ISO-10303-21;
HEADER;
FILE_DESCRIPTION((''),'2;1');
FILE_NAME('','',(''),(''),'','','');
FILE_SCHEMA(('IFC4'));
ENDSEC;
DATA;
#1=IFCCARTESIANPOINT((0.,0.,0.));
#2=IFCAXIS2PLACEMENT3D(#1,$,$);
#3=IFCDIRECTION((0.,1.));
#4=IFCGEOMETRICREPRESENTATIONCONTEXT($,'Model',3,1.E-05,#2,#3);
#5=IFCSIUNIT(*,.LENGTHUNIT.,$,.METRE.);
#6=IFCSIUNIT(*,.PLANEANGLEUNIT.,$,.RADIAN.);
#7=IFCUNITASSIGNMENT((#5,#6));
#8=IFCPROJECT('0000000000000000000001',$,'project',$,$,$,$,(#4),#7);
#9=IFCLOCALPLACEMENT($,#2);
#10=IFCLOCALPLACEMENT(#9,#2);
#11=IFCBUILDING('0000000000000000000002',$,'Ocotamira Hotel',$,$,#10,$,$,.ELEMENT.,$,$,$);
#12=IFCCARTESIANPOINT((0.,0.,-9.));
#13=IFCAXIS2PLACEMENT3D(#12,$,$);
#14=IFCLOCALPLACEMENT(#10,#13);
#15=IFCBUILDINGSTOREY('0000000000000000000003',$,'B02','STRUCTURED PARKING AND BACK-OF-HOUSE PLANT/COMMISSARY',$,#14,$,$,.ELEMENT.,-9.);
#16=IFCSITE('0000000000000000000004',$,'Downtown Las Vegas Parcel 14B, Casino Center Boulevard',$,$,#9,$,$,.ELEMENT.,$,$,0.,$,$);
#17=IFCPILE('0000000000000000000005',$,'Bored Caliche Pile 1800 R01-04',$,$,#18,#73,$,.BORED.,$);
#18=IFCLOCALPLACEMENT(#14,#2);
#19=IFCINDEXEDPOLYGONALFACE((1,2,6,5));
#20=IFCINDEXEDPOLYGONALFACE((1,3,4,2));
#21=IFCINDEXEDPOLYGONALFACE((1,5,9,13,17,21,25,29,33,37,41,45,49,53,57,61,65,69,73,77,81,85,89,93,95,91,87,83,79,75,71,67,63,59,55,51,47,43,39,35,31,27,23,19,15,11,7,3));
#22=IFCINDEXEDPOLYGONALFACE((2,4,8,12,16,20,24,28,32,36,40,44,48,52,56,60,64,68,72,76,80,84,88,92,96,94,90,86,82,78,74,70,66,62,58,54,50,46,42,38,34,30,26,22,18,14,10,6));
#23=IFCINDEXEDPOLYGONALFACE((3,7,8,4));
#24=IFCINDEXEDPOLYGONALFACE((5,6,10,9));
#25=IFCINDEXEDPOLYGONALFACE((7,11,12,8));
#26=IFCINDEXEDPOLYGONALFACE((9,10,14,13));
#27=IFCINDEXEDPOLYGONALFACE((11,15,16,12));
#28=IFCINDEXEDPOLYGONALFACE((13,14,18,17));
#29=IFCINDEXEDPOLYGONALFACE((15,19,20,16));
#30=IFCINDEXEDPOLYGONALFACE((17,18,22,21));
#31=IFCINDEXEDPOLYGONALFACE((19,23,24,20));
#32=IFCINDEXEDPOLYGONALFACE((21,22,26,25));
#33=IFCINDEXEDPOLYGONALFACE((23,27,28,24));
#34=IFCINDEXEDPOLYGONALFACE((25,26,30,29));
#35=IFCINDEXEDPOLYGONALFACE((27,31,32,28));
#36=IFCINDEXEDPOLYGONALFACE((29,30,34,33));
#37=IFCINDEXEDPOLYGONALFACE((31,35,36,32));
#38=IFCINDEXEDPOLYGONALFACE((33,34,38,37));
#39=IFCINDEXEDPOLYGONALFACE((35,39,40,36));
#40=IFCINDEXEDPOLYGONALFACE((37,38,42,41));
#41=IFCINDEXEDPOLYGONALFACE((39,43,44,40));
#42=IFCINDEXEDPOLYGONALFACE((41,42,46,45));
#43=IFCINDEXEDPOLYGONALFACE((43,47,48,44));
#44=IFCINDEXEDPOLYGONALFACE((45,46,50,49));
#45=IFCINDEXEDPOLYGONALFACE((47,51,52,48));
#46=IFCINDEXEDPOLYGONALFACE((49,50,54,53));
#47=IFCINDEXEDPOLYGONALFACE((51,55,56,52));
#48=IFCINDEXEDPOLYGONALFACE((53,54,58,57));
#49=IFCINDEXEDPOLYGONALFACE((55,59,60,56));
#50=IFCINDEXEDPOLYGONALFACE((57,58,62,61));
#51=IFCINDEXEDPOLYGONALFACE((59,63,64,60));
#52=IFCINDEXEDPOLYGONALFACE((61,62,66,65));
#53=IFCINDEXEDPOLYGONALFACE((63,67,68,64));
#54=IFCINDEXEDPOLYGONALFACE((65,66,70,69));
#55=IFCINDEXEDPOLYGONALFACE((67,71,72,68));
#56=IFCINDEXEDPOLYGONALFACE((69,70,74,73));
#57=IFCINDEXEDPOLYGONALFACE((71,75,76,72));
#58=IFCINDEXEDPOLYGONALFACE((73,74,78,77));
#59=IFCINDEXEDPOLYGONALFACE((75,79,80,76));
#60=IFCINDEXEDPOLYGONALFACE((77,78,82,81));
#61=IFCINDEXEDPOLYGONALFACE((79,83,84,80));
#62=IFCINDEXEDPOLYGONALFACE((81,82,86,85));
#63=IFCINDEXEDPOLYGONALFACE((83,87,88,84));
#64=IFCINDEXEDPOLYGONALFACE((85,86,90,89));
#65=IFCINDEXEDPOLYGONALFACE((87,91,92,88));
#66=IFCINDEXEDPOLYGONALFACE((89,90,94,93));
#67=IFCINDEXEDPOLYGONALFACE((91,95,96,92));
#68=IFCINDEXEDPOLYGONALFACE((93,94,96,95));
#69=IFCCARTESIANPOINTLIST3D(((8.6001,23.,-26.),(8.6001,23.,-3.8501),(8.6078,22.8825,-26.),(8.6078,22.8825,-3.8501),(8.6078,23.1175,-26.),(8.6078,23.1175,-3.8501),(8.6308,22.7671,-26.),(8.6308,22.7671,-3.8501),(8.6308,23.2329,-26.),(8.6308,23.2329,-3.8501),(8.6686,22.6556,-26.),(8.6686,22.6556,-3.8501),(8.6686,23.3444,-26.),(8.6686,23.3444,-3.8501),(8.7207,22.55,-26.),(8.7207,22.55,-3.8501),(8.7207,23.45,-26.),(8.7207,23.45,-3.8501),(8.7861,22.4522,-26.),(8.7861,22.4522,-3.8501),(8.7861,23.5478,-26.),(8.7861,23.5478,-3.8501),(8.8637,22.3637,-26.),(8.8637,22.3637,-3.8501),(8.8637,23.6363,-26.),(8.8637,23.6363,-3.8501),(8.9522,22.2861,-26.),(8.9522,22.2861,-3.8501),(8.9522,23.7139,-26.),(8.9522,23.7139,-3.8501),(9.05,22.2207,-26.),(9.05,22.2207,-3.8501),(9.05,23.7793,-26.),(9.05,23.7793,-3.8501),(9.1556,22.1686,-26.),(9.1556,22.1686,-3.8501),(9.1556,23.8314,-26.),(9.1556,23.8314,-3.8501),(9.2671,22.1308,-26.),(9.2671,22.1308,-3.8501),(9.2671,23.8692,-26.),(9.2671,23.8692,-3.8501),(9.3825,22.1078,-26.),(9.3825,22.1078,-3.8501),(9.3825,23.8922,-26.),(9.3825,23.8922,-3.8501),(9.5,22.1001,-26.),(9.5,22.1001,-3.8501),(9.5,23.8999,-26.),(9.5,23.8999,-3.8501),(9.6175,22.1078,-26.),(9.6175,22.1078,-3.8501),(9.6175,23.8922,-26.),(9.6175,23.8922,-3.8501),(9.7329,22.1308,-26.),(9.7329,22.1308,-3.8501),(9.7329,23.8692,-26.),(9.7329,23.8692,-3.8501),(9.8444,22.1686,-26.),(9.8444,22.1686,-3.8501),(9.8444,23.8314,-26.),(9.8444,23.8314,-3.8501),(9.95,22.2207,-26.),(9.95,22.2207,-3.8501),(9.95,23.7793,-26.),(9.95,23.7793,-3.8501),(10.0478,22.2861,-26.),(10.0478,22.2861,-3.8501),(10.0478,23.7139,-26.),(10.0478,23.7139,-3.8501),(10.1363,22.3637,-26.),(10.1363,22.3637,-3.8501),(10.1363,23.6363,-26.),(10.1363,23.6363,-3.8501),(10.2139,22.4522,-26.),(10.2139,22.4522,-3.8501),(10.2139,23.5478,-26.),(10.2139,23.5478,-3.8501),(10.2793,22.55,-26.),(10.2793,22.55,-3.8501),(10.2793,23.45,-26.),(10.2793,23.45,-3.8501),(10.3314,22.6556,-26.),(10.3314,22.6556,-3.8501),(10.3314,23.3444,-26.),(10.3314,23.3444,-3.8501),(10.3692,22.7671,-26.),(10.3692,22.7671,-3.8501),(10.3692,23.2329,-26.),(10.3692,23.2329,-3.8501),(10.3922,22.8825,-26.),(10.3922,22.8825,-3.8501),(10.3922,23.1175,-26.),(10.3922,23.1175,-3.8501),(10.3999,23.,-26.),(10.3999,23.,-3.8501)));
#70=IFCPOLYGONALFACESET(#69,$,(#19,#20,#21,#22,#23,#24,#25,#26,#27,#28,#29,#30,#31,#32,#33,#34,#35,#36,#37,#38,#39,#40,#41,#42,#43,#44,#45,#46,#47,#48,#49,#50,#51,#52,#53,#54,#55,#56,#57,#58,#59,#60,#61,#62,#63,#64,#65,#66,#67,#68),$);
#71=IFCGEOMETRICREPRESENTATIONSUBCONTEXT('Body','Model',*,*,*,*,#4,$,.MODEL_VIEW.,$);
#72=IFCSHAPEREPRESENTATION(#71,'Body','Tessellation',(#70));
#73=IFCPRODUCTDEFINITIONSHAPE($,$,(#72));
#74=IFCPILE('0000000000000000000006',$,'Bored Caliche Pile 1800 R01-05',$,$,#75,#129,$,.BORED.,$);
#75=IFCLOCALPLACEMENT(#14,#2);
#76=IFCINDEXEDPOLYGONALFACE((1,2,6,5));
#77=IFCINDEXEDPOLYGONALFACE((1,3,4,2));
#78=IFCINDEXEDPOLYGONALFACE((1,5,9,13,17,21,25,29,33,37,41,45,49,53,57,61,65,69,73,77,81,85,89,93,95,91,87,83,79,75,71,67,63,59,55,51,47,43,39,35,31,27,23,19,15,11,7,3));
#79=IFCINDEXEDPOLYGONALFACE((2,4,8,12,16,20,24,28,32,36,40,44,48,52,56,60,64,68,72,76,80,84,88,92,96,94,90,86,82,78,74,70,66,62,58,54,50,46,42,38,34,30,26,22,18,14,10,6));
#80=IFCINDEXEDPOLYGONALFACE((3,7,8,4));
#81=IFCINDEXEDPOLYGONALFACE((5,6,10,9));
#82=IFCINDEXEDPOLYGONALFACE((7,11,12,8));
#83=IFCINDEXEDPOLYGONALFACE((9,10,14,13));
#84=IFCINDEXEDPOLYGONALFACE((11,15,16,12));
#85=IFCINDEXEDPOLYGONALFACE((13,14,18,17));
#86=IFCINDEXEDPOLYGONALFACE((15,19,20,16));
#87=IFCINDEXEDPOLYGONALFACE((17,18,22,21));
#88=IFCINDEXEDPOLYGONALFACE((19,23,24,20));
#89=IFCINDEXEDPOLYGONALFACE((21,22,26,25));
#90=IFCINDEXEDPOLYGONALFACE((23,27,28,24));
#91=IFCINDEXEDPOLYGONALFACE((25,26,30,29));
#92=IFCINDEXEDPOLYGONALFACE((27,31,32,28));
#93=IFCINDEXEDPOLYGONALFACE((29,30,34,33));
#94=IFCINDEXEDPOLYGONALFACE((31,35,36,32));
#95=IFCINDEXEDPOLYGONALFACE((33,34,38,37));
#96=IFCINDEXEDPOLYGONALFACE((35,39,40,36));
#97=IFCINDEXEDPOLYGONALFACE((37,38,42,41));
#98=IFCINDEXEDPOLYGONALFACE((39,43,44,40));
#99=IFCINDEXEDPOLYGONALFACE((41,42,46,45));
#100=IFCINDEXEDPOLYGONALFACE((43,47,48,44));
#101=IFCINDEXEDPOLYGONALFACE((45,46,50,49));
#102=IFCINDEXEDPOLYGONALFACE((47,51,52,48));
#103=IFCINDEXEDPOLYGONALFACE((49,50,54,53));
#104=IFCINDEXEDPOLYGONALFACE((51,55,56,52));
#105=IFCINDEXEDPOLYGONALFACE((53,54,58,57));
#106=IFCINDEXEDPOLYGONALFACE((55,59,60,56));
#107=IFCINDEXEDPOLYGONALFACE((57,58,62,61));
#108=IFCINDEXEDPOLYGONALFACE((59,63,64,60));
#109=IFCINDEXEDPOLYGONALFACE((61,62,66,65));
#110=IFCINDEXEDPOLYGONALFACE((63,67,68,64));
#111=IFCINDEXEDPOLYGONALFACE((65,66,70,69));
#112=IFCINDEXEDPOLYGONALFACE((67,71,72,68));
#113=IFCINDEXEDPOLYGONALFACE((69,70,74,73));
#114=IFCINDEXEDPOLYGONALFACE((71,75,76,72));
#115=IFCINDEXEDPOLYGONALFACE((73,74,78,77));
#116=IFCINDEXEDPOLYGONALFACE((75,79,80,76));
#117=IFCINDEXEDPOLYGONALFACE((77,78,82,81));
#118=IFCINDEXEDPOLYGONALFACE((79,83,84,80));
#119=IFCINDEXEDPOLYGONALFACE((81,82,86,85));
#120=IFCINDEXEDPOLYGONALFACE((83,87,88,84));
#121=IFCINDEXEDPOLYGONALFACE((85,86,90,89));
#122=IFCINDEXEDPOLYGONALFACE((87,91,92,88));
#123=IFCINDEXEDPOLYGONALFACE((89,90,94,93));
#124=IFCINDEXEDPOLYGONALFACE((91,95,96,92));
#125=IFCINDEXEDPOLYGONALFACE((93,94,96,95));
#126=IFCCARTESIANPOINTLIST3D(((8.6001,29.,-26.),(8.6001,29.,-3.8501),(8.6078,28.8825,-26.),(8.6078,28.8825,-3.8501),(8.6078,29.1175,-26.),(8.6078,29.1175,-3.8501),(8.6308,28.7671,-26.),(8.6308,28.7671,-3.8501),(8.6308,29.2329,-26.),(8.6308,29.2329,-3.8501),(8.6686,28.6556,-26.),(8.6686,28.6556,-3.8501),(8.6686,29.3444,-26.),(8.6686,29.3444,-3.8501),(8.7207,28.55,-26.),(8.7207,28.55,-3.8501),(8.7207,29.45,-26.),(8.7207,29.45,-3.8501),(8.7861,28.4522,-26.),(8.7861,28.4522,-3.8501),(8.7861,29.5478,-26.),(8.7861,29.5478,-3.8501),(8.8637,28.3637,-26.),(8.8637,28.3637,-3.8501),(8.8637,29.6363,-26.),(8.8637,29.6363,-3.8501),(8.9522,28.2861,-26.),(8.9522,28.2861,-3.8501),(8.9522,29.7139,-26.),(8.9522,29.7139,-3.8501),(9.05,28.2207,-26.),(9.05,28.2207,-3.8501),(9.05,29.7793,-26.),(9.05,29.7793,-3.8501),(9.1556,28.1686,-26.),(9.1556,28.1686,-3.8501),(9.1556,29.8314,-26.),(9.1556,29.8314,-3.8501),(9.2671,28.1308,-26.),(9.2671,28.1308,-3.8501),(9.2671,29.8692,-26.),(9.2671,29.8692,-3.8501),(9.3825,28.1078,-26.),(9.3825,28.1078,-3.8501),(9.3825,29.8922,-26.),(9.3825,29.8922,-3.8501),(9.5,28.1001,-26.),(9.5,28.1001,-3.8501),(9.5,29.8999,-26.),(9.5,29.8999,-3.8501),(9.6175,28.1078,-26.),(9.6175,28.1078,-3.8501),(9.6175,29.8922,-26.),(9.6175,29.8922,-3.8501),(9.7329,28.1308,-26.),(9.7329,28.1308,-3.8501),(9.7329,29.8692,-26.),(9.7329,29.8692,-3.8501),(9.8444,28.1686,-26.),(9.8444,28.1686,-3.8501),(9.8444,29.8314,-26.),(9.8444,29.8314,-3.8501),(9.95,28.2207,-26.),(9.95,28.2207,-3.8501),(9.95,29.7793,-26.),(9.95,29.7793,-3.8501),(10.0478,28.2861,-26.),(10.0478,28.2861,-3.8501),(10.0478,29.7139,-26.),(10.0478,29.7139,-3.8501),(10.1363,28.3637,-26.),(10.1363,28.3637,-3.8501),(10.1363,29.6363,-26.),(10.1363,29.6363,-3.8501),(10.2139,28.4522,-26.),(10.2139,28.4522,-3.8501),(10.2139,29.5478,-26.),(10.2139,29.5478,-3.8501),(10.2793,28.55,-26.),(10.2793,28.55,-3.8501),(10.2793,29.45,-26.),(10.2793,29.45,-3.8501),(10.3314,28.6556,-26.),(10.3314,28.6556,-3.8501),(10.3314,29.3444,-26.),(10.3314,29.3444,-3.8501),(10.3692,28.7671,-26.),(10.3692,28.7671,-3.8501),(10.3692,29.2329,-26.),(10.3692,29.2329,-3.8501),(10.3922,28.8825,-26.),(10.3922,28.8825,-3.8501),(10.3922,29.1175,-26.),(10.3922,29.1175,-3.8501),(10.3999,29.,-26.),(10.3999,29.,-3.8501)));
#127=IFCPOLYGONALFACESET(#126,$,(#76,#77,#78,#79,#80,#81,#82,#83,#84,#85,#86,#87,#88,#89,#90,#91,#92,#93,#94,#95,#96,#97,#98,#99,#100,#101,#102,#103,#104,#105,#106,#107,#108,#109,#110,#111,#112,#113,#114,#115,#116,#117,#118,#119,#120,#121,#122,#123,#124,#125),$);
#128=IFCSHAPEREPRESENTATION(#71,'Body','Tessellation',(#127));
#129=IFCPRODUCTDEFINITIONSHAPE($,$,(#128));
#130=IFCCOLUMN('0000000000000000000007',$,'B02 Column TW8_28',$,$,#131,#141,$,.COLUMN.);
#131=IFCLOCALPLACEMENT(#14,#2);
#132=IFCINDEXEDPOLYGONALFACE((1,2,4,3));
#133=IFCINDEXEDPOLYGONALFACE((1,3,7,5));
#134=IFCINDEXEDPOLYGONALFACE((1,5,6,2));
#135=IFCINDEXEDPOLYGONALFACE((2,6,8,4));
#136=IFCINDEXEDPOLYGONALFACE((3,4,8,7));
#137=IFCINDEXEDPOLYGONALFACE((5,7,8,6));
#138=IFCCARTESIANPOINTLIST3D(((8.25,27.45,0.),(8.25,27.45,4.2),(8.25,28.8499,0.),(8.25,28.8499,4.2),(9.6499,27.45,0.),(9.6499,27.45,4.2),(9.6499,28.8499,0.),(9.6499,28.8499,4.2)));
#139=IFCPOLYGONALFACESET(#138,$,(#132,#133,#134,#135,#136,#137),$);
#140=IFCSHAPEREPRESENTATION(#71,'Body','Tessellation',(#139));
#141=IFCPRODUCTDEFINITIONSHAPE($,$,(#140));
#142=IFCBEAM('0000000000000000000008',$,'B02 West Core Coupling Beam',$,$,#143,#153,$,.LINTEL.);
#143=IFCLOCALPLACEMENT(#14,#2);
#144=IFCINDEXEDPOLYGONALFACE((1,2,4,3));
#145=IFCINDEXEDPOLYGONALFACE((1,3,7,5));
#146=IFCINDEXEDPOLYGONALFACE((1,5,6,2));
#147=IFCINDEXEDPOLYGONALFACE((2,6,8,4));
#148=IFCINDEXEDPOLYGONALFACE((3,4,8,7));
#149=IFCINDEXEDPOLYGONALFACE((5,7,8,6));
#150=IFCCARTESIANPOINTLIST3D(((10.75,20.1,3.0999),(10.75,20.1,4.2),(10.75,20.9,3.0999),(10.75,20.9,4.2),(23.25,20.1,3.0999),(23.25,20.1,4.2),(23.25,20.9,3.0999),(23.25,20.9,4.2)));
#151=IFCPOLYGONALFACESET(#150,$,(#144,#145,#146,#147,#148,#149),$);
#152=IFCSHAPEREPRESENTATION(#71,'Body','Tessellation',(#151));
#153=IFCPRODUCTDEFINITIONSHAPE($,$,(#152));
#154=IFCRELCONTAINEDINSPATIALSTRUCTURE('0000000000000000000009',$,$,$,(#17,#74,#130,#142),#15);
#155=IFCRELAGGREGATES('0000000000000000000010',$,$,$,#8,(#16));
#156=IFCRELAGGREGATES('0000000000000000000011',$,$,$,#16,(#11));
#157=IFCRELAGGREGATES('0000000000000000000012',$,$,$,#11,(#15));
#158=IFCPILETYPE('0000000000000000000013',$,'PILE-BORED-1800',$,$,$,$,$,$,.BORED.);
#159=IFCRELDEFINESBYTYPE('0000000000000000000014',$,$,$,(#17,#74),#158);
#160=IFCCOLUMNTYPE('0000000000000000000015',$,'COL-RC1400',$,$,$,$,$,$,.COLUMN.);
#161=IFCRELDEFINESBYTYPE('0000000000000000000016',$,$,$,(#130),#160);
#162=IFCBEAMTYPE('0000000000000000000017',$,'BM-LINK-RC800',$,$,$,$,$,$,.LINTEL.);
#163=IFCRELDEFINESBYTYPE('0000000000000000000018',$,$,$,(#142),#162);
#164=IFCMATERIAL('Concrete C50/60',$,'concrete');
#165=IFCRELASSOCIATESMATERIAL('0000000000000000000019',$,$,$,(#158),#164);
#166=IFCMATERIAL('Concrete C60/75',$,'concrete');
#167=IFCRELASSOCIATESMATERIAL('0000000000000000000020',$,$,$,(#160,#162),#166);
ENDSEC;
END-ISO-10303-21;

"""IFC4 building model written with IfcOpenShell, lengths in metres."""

from ifc_helpers import new_model, si_unit, direction, frame, origin, origin_2d, place, context, subcontext, project, spatial, rectangle, circle, extrude, source, transform, mapped, material, material_profile, profile_set, type_object, element, save


model = new_model("IFC4")

# Units and contexts
model_context = context("Model", 3, precision=1e-05, world=origin(), true_north=direction((0.0, 1.0)))
body_context = subcontext(model_context, "Body", "Model", "MODEL_VIEW")
ifc_project = project(units=[si_unit("LENGTHUNIT", "METRE"), si_unit("PLANEANGLEUNIT", "RADIAN")], contexts=[model_context])

# Site, building, storey
site_placement = place(None, origin())
site = spatial("IfcSite", under=ifc_project, at=site_placement, Name="Downtown Las Vegas Parcel 14B, Casino Center Boulevard", CompositionType="ELEMENT", RefElevation=0.0)
building_placement = place(site_placement, origin())
building = spatial("IfcBuilding", under=site, at=building_placement, Name="Ocotamira Hotel", CompositionType="ELEMENT")
storey_placement = place(building_placement, frame((0.0, 0.0, -9.0)))
storey = spatial("IfcBuildingStorey", under=building, at=storey_placement, Name="B02", Description="STRUCTURED PARKING AND BACK-OF-HOUSE PLANT/COMMISSARY", CompositionType="ELEMENT", Elevation=-9.0)

# Piles
ifc_material_1 = material(Name="Concrete C50/60", Category="concrete")
ifc_material_profile_1 = material_profile(ifc_material_1, circle(Radius=0.8999, at=origin_2d()), Name="PILE1800")
ifc_profile_set_1 = profile_set([ifc_material_profile_1], Name="Concrete C50/60")
pile_type = type_object("IfcPileType", Name="PILE-BORED-1800", PredefinedType="BORED", material=ifc_profile_set_1)
shared_shape_1 = source(origin(), body_context, "Body", "SweptSolid", [
    extrude(circle(Radius=0.8999, at=origin_2d()), origin(), (0.0, 0.0, 1.0), 22.1499),
])
for number, where, z_axis, x_axis, name in (
    (1, (9.5, 23.0, -3.8501), (0.0, 0.0, -1.0), (1.0, 0.0, 0.0), "Bored Caliche Pile 1800 R01-04"),
    (2, (9.5, 29.0, -3.8501), (0.0, 0.0, -1.0), (1.0, 0.0, 0.0), "Bored Caliche Pile 1800 R01-05"),
):
    element("IfcPile", number, at=place(storey_placement, frame(where, z_axis=z_axis, x_axis=x_axis)), inside=storey, type_object=pile_type, Name=name, PredefinedType="BORED", context=body_context, shape_type="MappedRepresentation", body=[
        mapped(shared_shape_1, transform((0.0, 0.0, 0.0), scale=1.0)),
    ])

# Column
ifc_material_2 = material(Name="Concrete C60/75", Category="concrete")
ifc_material_profile_2 = material_profile(ifc_material_2, rectangle(XDim=1.3999, YDim=1.3999, at=origin_2d()), Name="RC1400X1400")
ifc_profile_set_2 = profile_set([ifc_material_profile_2], Name="Concrete C60/75")
column_type = type_object("IfcColumnType", Name="COL-RC1400", PredefinedType="COLUMN", material=ifc_profile_set_2)
shared_shape_2 = source(origin(), body_context, "Body", "SweptSolid", [
    extrude(rectangle(XDim=1.3999, YDim=1.3999, at=origin_2d()), origin(), (0.0, 0.0, 1.0), 4.2),
])
column_placement = place(storey_placement, frame((8.95, 28.1499, 0.0), z_axis=(0.0, 0.0, 1.0), x_axis=(1.0, 0.0, 0.0)))
element("IfcColumn", 3, at=column_placement, inside=storey, type_object=column_type, Name="B02 Column TW8_28", PredefinedType="COLUMN", context=body_context, shape_type="MappedRepresentation", body=[
    mapped(shared_shape_2, transform((0.0, 0.0, 0.0), scale=1.0)),
])

# Beam
ifc_material_profile_3 = material_profile(ifc_material_2, rectangle(XDim=0.8, YDim=1.1001, at=origin_2d()), Name="RC800X1100")
ifc_profile_set_3 = profile_set([ifc_material_profile_3], Name="Concrete C60/75")
beam_type_1 = type_object("IfcBeamType", Name="BM-LINK-RC800", PredefinedType="LINTEL", material=ifc_profile_set_3)
shared_shape_3 = source(origin(), body_context, "Body", "SweptSolid", [
    extrude(rectangle(XDim=0.8, YDim=1.1001, at=origin_2d()), origin(), (0.0, 0.0, 1.0), 12.5),
])
beam_1_placement = place(storey_placement, frame((10.75, 20.5, 3.6499), z_axis=(1.0, 0.0, 0.0), x_axis=(0.0, 1.0, 0.0)))
element("IfcBeam", 4, at=beam_1_placement, inside=storey, type_object=beam_type_1, Name="B02 West Core Coupling Beam", PredefinedType="LINTEL", context=body_context, shape_type="MappedRepresentation", body=[
    mapped(shared_shape_3, transform((0.0, 0.0, 0.0), scale=1.0)),
])

save(model, "model.ifc")
